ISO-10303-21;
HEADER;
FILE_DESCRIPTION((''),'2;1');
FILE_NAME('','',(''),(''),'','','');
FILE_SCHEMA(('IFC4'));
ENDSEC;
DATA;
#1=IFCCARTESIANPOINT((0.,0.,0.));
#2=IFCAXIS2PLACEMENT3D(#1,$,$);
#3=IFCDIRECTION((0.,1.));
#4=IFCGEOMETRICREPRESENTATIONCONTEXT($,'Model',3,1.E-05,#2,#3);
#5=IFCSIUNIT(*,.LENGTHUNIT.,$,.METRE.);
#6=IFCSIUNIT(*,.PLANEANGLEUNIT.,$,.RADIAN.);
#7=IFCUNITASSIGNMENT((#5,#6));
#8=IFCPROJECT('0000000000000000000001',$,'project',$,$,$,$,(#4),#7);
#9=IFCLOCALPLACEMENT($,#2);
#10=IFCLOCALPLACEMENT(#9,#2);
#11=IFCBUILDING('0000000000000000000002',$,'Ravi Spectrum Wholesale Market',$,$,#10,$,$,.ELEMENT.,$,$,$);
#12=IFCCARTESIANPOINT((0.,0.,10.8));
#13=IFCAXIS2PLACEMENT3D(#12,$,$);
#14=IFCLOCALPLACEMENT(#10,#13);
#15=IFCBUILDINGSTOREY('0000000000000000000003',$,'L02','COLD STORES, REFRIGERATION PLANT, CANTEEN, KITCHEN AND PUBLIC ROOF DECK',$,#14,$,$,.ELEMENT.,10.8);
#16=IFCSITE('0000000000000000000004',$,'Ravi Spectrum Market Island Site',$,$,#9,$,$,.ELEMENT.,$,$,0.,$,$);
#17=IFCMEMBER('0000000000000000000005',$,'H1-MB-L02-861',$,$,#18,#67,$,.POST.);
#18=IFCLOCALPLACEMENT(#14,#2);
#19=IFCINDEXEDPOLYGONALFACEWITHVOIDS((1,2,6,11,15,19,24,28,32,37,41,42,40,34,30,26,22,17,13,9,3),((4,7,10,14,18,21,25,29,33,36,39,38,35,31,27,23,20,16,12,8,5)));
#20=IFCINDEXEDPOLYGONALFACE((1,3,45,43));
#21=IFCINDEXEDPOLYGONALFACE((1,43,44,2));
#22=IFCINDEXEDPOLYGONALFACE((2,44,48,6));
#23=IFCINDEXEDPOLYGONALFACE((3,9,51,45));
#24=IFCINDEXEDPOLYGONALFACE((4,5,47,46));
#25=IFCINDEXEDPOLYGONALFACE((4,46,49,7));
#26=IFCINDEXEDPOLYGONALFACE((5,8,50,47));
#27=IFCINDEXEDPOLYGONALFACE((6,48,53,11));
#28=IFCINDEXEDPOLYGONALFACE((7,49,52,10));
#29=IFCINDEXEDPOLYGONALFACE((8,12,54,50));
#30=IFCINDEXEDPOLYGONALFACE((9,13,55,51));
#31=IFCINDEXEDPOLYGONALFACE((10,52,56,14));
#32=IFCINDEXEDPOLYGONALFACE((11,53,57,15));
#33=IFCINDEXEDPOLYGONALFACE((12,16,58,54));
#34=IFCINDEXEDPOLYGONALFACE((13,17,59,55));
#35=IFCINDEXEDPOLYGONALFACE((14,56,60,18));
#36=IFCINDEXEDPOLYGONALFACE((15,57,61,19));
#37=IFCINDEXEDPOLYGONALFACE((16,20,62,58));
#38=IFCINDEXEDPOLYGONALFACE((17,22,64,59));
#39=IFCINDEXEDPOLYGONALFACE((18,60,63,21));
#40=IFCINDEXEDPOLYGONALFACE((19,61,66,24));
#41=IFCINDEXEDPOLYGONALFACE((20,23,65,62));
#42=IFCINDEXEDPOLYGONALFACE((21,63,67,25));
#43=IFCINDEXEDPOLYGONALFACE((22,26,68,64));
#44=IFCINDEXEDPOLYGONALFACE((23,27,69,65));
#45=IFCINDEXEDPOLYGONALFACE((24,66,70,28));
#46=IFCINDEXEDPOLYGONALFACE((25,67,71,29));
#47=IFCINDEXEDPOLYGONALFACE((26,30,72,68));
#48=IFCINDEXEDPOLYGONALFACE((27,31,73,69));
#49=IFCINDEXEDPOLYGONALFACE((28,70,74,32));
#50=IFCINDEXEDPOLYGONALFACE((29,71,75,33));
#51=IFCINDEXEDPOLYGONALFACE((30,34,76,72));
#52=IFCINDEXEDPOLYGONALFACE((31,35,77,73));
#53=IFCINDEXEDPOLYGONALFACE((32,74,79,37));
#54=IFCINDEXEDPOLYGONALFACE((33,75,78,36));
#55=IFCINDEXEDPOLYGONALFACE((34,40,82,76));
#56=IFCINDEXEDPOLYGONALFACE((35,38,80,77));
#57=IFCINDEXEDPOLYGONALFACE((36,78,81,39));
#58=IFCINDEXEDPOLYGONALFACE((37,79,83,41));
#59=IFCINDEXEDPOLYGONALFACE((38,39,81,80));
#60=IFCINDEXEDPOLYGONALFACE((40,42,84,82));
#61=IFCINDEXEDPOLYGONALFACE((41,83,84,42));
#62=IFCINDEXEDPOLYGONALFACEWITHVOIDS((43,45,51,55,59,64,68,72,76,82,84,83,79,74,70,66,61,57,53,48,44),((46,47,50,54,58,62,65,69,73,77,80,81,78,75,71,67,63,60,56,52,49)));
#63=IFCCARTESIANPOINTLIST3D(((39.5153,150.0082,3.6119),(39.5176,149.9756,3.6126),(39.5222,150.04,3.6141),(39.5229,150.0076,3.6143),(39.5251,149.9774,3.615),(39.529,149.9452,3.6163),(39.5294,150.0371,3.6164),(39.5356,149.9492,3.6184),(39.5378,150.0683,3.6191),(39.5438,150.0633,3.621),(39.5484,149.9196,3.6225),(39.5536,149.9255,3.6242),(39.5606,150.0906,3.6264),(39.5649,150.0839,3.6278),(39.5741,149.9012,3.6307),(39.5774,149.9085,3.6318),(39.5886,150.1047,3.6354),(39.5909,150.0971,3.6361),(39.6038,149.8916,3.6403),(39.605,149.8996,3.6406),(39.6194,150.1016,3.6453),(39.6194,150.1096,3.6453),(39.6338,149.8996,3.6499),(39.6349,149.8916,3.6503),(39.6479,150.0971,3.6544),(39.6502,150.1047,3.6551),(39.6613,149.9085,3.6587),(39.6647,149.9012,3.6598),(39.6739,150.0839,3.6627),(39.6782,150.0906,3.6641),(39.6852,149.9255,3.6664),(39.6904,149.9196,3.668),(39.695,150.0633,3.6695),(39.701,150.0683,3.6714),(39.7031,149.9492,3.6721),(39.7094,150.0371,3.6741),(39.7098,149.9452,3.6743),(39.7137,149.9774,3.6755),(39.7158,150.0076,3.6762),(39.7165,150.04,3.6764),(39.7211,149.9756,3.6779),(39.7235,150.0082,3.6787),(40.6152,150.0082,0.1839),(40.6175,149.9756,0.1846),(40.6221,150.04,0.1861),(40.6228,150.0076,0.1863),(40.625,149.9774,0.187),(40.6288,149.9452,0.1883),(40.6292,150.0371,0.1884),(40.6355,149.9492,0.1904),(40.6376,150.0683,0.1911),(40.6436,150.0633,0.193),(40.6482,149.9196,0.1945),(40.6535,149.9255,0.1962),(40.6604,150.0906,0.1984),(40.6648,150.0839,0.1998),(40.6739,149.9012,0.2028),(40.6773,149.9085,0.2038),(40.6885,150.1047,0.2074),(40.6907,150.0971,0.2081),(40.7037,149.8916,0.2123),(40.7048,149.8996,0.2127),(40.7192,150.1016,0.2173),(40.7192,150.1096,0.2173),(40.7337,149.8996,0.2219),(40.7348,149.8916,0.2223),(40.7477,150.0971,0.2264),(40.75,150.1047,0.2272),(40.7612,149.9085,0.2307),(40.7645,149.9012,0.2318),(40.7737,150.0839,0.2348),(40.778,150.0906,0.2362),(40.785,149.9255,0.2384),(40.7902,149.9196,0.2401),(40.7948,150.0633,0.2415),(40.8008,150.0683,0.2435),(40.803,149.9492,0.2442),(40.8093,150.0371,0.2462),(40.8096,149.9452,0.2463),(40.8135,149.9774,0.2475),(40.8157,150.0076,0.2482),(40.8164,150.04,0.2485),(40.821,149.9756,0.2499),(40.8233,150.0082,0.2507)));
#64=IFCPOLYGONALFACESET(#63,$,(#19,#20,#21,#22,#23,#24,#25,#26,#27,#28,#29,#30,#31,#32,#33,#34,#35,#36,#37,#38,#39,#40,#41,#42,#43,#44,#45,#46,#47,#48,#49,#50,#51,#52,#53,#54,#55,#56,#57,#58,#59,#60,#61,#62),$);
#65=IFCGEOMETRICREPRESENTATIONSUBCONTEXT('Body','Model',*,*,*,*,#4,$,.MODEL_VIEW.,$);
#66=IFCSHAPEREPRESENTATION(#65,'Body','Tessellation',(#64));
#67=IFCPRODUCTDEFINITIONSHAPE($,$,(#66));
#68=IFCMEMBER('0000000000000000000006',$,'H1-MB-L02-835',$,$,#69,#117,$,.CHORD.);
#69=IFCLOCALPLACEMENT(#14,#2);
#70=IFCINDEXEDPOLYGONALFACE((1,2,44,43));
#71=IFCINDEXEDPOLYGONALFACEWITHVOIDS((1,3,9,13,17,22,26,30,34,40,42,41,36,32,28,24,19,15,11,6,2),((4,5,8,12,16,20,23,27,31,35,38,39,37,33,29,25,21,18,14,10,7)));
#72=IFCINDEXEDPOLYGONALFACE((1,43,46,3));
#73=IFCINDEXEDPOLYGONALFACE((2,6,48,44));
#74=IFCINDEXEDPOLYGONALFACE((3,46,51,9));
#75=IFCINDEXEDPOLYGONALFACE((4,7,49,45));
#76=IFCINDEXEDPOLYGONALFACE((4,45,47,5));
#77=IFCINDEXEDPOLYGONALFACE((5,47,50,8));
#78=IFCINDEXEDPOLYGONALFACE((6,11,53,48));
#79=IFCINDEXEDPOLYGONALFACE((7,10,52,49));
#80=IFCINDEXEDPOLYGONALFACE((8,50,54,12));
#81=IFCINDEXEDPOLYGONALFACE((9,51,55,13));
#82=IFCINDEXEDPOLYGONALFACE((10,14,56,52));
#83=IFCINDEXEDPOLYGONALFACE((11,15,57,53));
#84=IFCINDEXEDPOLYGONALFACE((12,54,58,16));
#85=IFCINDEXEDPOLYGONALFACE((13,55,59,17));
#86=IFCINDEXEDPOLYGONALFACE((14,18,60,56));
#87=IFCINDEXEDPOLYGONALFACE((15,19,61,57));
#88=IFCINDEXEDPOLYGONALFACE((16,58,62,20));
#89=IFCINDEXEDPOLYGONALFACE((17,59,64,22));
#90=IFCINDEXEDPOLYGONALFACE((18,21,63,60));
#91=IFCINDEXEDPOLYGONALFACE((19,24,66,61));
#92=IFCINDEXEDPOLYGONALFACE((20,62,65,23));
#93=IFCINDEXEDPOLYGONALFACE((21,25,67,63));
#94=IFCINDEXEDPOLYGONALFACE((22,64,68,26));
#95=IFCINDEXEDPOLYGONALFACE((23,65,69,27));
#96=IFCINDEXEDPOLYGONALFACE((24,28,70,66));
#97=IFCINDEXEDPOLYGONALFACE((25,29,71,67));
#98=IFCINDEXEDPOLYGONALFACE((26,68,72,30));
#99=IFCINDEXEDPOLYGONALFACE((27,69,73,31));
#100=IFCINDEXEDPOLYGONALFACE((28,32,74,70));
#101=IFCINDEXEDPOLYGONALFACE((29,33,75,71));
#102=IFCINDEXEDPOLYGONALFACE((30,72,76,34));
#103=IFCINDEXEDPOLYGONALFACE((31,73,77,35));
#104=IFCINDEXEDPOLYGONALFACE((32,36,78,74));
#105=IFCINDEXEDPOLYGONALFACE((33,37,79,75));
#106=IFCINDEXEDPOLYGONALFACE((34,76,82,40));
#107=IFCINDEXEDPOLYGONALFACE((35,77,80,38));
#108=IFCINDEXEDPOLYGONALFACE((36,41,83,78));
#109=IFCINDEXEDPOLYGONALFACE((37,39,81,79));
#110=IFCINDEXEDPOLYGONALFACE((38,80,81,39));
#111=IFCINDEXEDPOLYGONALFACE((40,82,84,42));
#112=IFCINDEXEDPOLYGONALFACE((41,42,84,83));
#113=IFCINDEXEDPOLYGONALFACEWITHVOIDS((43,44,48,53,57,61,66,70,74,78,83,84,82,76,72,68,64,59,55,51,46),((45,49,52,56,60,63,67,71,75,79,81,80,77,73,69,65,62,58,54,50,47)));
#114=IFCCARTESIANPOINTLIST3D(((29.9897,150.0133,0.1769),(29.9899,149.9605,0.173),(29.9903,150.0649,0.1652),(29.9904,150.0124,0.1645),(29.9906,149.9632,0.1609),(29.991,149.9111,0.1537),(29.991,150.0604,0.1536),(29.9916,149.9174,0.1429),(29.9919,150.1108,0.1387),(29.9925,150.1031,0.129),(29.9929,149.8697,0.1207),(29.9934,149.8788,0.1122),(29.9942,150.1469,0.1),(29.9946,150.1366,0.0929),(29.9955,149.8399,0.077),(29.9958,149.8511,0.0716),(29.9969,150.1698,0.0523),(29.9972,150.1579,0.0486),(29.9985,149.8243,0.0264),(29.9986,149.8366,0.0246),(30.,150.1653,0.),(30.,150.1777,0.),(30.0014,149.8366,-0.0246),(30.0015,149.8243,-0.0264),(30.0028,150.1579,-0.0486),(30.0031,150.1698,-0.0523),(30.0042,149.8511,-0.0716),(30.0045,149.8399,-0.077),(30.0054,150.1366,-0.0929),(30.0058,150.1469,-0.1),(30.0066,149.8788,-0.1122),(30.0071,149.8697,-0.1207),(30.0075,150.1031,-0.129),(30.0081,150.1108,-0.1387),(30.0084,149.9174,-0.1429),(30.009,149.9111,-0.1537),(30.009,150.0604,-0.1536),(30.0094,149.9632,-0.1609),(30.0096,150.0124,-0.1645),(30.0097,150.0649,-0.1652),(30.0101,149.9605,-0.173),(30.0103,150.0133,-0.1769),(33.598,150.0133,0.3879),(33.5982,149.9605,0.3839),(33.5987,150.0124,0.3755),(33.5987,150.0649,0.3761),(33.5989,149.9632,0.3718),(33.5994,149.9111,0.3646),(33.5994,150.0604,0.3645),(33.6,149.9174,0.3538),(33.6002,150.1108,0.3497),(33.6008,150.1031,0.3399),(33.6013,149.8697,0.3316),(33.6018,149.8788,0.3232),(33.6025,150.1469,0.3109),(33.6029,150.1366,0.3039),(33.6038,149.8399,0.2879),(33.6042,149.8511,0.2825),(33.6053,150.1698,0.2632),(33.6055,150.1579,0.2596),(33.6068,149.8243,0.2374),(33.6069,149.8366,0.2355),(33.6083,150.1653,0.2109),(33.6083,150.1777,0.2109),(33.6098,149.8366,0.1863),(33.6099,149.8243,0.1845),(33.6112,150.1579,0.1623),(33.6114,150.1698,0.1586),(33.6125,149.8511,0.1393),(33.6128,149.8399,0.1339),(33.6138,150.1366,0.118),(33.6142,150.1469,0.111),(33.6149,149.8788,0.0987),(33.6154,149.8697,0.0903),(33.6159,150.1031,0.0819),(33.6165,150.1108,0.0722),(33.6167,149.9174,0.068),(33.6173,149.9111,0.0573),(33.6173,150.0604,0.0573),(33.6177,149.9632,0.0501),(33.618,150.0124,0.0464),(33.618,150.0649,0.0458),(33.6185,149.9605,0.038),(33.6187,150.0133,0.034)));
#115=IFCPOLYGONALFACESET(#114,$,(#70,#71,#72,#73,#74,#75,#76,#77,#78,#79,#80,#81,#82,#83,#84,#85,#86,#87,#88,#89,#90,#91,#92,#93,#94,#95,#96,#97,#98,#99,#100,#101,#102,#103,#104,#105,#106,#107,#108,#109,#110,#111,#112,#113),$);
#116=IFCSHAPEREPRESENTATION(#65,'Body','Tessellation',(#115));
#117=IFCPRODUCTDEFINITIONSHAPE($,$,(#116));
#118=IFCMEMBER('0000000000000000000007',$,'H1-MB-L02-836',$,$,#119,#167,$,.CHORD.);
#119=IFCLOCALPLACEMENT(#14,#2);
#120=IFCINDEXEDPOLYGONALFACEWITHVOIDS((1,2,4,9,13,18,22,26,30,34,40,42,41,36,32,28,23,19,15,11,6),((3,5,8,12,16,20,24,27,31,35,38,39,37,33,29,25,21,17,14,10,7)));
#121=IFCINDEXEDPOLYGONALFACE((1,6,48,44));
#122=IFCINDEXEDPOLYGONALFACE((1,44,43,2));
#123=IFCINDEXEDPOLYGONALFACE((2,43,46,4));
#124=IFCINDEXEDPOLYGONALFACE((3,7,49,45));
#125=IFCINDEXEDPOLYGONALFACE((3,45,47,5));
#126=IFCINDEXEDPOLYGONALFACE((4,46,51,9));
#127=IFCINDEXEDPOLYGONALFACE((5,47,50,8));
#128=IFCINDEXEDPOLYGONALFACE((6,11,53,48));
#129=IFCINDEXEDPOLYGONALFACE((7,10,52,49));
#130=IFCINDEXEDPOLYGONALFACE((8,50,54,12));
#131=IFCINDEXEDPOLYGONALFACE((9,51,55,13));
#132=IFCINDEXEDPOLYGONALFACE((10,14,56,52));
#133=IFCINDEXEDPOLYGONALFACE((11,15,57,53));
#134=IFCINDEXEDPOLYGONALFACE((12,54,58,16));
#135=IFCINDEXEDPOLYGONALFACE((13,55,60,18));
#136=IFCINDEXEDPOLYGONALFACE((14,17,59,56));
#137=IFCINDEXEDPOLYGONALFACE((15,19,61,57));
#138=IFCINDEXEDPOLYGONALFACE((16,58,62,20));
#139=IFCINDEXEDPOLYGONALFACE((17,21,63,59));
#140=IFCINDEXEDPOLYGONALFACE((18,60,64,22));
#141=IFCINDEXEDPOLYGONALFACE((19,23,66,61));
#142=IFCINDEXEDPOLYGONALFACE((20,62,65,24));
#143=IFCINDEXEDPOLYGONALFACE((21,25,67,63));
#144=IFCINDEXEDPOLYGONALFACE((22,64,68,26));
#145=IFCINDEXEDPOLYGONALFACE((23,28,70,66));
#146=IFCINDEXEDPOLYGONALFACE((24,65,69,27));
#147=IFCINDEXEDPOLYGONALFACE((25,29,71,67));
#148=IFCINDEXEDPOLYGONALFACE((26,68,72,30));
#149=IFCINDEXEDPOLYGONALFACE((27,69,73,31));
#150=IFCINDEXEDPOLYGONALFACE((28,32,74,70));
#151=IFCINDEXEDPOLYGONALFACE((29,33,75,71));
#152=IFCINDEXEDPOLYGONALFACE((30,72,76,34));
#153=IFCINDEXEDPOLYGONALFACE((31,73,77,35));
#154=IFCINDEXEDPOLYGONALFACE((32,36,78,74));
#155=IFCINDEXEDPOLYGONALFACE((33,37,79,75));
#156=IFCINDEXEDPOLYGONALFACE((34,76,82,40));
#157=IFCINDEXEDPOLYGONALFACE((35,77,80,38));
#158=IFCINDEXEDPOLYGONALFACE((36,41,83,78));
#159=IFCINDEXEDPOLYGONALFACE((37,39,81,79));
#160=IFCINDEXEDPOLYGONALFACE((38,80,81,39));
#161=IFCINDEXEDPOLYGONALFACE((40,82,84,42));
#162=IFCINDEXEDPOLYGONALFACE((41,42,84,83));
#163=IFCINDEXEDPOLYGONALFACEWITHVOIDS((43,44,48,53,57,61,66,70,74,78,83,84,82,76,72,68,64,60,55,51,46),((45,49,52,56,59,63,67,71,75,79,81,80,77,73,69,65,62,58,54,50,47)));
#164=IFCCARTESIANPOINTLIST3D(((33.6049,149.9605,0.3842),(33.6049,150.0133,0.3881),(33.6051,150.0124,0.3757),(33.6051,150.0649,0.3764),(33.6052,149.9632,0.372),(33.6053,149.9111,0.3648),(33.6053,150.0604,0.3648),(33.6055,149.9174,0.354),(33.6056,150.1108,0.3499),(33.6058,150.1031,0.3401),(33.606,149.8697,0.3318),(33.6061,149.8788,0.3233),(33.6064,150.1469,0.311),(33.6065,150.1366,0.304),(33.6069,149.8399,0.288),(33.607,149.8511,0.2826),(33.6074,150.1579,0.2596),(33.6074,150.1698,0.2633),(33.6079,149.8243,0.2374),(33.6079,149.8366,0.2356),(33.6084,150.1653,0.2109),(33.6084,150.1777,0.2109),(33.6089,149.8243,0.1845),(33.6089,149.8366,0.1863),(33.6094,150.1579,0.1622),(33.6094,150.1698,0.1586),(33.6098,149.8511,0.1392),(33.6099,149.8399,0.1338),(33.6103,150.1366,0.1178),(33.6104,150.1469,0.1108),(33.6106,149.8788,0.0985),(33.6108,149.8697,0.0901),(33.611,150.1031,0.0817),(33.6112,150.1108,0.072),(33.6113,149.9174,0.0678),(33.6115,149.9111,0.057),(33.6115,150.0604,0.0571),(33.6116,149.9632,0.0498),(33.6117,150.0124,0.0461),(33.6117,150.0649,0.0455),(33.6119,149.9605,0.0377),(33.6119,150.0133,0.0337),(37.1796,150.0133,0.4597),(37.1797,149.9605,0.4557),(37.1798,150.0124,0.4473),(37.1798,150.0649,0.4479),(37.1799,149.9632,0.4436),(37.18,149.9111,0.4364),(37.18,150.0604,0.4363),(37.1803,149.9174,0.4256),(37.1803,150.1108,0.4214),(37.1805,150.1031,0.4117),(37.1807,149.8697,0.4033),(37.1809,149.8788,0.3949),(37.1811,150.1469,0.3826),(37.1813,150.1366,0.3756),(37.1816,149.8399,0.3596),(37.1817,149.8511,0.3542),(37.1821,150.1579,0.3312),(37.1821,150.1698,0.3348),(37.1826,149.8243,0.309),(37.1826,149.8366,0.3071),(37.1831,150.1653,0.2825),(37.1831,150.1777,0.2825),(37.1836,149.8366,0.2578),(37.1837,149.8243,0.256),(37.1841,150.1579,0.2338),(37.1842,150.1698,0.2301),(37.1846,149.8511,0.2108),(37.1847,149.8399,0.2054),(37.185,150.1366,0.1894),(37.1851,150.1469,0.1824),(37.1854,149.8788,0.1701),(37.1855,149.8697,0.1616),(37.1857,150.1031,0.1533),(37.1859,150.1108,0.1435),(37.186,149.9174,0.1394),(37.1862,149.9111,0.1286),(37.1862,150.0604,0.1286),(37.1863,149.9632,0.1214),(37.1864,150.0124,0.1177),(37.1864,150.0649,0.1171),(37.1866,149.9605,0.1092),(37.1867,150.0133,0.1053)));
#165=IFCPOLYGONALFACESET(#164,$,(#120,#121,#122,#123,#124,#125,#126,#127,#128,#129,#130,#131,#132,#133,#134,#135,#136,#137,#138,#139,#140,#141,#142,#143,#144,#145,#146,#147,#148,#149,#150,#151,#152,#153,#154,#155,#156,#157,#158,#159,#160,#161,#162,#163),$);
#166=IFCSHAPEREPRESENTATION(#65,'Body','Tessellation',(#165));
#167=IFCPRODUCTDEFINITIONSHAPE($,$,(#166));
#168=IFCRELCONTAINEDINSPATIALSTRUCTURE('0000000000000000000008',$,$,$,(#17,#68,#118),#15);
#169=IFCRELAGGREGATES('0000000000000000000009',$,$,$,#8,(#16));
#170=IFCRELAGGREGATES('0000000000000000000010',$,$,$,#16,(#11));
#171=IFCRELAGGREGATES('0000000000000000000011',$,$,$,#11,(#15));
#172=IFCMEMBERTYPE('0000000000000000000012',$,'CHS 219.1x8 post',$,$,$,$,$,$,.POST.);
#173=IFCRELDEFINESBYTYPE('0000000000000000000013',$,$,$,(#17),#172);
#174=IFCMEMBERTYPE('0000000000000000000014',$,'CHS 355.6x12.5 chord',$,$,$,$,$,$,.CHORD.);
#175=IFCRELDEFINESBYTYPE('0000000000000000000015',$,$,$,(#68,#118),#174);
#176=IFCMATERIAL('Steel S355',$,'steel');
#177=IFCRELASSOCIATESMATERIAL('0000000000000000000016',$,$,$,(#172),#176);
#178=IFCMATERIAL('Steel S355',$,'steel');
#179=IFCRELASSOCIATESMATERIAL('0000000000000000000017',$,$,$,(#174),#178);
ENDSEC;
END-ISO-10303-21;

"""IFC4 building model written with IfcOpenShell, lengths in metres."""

from ifc_helpers import new_model, si_unit, direction, frame, origin, origin_2d, place, context, subcontext, project, spatial, hollow_circle, extrude, material, material_profile, profile_set, type_object, element, save


model = new_model("IFC4")

# Units and contexts
model_context = context("Model", 3, precision=1e-05, world=origin(), true_north=direction((0.0, 1.0)))
body_context = subcontext(model_context, "Body", "Model", "MODEL_VIEW")
ifc_project = project(units=[si_unit("LENGTHUNIT", "METRE"), si_unit("PLANEANGLEUNIT", "RADIAN")], contexts=[model_context])

# Site, building, storey
site_placement = place(None, origin())
site = spatial("IfcSite", under=ifc_project, at=site_placement, Name="Ravi Spectrum Market Island Site", CompositionType="ELEMENT", RefElevation=0.0)
building_placement = place(site_placement, origin())
building = spatial("IfcBuilding", under=site, at=building_placement, Name="Ravi Spectrum Wholesale Market", CompositionType="ELEMENT")
storey_placement = place(building_placement, frame((0.0, 0.0, 10.8)))
storey = spatial("IfcBuildingStorey", under=building, at=storey_placement, Name="L02", Description="COLD STORES, REFRIGERATION PLANT, CANTEEN, KITCHEN AND PUBLIC ROOF DECK", CompositionType="ELEMENT", Elevation=10.8)

# Members
ifc_material_1 = material(Name="Steel S355", Category="steel")
ifc_material_profile_1 = material_profile(ifc_material_1, hollow_circle(Radius=0.1096, WallThickness=0.0081, at=origin_2d()))
ifc_profile_set_1 = profile_set([ifc_material_profile_1], Name="Steel S355")
member_type_1 = type_object("IfcMemberType", Name="CHS 219.1x8 post", PredefinedType="POST", material=ifc_profile_set_1)
member_1_placement = place(storey_placement, frame((39.6194, 150.0, 3.6453), z_axis=(0.305506, 0.0, -0.95219), x_axis=(0.0, 1.0, 0.0)))
element("IfcMember", 1, at=member_1_placement, inside=storey, type_object=member_type_1, Name="H1-MB-L02-861", PredefinedType="POST", context=body_context, shape_type="SweptSolid", body=[
    extrude(hollow_circle(Radius=0.1096, WallThickness=0.0081, at=origin_2d()), origin(), (0.0, 0.0, 1.0), 3.6001),
])
ifc_material_2 = material(Name="Steel S355", Category="steel")
ifc_material_profile_2 = material_profile(ifc_material_2, hollow_circle(Radius=0.1777, WallThickness=0.0125, at=origin_2d()))
ifc_profile_set_2 = profile_set([ifc_material_profile_2], Name="Steel S355")
member_type_2 = type_object("IfcMemberType", Name="CHS 355.6x12.5 chord", PredefinedType="CHORD", material=ifc_profile_set_2)
member_2_placement = place(storey_placement, frame((30.0, 150.0, 0.0), z_axis=(0.998296, 0.0, 0.058358), x_axis=(0.0, 1.0, 0.0)))
element("IfcMember", 2, at=member_2_placement, inside=storey, type_object=member_type_2, Name="H1-MB-L02-835", PredefinedType="CHORD", context=body_context, shape_type="SweptSolid", body=[
    extrude(hollow_circle(Radius=0.1777, WallThickness=0.0125, at=origin_2d()), origin(), (0.0, 0.0, 1.0), 3.6145),
])
member_3_placement = place(storey_placement, frame((33.6084, 150.0, 0.2109), z_axis=(0.9998, 0.0, 0.020007), x_axis=(0.0, 1.0, 0.0)))
element("IfcMember", 3, at=member_3_placement, inside=storey, type_object=member_type_2, Name="H1-MB-L02-836", PredefinedType="CHORD", context=body_context, shape_type="SweptSolid", body=[
    extrude(hollow_circle(Radius=0.1777, WallThickness=0.0125, at=origin_2d()), origin(), (0.0, 0.0, 1.0), 3.5754),
])

save(model, "model.ifc")
